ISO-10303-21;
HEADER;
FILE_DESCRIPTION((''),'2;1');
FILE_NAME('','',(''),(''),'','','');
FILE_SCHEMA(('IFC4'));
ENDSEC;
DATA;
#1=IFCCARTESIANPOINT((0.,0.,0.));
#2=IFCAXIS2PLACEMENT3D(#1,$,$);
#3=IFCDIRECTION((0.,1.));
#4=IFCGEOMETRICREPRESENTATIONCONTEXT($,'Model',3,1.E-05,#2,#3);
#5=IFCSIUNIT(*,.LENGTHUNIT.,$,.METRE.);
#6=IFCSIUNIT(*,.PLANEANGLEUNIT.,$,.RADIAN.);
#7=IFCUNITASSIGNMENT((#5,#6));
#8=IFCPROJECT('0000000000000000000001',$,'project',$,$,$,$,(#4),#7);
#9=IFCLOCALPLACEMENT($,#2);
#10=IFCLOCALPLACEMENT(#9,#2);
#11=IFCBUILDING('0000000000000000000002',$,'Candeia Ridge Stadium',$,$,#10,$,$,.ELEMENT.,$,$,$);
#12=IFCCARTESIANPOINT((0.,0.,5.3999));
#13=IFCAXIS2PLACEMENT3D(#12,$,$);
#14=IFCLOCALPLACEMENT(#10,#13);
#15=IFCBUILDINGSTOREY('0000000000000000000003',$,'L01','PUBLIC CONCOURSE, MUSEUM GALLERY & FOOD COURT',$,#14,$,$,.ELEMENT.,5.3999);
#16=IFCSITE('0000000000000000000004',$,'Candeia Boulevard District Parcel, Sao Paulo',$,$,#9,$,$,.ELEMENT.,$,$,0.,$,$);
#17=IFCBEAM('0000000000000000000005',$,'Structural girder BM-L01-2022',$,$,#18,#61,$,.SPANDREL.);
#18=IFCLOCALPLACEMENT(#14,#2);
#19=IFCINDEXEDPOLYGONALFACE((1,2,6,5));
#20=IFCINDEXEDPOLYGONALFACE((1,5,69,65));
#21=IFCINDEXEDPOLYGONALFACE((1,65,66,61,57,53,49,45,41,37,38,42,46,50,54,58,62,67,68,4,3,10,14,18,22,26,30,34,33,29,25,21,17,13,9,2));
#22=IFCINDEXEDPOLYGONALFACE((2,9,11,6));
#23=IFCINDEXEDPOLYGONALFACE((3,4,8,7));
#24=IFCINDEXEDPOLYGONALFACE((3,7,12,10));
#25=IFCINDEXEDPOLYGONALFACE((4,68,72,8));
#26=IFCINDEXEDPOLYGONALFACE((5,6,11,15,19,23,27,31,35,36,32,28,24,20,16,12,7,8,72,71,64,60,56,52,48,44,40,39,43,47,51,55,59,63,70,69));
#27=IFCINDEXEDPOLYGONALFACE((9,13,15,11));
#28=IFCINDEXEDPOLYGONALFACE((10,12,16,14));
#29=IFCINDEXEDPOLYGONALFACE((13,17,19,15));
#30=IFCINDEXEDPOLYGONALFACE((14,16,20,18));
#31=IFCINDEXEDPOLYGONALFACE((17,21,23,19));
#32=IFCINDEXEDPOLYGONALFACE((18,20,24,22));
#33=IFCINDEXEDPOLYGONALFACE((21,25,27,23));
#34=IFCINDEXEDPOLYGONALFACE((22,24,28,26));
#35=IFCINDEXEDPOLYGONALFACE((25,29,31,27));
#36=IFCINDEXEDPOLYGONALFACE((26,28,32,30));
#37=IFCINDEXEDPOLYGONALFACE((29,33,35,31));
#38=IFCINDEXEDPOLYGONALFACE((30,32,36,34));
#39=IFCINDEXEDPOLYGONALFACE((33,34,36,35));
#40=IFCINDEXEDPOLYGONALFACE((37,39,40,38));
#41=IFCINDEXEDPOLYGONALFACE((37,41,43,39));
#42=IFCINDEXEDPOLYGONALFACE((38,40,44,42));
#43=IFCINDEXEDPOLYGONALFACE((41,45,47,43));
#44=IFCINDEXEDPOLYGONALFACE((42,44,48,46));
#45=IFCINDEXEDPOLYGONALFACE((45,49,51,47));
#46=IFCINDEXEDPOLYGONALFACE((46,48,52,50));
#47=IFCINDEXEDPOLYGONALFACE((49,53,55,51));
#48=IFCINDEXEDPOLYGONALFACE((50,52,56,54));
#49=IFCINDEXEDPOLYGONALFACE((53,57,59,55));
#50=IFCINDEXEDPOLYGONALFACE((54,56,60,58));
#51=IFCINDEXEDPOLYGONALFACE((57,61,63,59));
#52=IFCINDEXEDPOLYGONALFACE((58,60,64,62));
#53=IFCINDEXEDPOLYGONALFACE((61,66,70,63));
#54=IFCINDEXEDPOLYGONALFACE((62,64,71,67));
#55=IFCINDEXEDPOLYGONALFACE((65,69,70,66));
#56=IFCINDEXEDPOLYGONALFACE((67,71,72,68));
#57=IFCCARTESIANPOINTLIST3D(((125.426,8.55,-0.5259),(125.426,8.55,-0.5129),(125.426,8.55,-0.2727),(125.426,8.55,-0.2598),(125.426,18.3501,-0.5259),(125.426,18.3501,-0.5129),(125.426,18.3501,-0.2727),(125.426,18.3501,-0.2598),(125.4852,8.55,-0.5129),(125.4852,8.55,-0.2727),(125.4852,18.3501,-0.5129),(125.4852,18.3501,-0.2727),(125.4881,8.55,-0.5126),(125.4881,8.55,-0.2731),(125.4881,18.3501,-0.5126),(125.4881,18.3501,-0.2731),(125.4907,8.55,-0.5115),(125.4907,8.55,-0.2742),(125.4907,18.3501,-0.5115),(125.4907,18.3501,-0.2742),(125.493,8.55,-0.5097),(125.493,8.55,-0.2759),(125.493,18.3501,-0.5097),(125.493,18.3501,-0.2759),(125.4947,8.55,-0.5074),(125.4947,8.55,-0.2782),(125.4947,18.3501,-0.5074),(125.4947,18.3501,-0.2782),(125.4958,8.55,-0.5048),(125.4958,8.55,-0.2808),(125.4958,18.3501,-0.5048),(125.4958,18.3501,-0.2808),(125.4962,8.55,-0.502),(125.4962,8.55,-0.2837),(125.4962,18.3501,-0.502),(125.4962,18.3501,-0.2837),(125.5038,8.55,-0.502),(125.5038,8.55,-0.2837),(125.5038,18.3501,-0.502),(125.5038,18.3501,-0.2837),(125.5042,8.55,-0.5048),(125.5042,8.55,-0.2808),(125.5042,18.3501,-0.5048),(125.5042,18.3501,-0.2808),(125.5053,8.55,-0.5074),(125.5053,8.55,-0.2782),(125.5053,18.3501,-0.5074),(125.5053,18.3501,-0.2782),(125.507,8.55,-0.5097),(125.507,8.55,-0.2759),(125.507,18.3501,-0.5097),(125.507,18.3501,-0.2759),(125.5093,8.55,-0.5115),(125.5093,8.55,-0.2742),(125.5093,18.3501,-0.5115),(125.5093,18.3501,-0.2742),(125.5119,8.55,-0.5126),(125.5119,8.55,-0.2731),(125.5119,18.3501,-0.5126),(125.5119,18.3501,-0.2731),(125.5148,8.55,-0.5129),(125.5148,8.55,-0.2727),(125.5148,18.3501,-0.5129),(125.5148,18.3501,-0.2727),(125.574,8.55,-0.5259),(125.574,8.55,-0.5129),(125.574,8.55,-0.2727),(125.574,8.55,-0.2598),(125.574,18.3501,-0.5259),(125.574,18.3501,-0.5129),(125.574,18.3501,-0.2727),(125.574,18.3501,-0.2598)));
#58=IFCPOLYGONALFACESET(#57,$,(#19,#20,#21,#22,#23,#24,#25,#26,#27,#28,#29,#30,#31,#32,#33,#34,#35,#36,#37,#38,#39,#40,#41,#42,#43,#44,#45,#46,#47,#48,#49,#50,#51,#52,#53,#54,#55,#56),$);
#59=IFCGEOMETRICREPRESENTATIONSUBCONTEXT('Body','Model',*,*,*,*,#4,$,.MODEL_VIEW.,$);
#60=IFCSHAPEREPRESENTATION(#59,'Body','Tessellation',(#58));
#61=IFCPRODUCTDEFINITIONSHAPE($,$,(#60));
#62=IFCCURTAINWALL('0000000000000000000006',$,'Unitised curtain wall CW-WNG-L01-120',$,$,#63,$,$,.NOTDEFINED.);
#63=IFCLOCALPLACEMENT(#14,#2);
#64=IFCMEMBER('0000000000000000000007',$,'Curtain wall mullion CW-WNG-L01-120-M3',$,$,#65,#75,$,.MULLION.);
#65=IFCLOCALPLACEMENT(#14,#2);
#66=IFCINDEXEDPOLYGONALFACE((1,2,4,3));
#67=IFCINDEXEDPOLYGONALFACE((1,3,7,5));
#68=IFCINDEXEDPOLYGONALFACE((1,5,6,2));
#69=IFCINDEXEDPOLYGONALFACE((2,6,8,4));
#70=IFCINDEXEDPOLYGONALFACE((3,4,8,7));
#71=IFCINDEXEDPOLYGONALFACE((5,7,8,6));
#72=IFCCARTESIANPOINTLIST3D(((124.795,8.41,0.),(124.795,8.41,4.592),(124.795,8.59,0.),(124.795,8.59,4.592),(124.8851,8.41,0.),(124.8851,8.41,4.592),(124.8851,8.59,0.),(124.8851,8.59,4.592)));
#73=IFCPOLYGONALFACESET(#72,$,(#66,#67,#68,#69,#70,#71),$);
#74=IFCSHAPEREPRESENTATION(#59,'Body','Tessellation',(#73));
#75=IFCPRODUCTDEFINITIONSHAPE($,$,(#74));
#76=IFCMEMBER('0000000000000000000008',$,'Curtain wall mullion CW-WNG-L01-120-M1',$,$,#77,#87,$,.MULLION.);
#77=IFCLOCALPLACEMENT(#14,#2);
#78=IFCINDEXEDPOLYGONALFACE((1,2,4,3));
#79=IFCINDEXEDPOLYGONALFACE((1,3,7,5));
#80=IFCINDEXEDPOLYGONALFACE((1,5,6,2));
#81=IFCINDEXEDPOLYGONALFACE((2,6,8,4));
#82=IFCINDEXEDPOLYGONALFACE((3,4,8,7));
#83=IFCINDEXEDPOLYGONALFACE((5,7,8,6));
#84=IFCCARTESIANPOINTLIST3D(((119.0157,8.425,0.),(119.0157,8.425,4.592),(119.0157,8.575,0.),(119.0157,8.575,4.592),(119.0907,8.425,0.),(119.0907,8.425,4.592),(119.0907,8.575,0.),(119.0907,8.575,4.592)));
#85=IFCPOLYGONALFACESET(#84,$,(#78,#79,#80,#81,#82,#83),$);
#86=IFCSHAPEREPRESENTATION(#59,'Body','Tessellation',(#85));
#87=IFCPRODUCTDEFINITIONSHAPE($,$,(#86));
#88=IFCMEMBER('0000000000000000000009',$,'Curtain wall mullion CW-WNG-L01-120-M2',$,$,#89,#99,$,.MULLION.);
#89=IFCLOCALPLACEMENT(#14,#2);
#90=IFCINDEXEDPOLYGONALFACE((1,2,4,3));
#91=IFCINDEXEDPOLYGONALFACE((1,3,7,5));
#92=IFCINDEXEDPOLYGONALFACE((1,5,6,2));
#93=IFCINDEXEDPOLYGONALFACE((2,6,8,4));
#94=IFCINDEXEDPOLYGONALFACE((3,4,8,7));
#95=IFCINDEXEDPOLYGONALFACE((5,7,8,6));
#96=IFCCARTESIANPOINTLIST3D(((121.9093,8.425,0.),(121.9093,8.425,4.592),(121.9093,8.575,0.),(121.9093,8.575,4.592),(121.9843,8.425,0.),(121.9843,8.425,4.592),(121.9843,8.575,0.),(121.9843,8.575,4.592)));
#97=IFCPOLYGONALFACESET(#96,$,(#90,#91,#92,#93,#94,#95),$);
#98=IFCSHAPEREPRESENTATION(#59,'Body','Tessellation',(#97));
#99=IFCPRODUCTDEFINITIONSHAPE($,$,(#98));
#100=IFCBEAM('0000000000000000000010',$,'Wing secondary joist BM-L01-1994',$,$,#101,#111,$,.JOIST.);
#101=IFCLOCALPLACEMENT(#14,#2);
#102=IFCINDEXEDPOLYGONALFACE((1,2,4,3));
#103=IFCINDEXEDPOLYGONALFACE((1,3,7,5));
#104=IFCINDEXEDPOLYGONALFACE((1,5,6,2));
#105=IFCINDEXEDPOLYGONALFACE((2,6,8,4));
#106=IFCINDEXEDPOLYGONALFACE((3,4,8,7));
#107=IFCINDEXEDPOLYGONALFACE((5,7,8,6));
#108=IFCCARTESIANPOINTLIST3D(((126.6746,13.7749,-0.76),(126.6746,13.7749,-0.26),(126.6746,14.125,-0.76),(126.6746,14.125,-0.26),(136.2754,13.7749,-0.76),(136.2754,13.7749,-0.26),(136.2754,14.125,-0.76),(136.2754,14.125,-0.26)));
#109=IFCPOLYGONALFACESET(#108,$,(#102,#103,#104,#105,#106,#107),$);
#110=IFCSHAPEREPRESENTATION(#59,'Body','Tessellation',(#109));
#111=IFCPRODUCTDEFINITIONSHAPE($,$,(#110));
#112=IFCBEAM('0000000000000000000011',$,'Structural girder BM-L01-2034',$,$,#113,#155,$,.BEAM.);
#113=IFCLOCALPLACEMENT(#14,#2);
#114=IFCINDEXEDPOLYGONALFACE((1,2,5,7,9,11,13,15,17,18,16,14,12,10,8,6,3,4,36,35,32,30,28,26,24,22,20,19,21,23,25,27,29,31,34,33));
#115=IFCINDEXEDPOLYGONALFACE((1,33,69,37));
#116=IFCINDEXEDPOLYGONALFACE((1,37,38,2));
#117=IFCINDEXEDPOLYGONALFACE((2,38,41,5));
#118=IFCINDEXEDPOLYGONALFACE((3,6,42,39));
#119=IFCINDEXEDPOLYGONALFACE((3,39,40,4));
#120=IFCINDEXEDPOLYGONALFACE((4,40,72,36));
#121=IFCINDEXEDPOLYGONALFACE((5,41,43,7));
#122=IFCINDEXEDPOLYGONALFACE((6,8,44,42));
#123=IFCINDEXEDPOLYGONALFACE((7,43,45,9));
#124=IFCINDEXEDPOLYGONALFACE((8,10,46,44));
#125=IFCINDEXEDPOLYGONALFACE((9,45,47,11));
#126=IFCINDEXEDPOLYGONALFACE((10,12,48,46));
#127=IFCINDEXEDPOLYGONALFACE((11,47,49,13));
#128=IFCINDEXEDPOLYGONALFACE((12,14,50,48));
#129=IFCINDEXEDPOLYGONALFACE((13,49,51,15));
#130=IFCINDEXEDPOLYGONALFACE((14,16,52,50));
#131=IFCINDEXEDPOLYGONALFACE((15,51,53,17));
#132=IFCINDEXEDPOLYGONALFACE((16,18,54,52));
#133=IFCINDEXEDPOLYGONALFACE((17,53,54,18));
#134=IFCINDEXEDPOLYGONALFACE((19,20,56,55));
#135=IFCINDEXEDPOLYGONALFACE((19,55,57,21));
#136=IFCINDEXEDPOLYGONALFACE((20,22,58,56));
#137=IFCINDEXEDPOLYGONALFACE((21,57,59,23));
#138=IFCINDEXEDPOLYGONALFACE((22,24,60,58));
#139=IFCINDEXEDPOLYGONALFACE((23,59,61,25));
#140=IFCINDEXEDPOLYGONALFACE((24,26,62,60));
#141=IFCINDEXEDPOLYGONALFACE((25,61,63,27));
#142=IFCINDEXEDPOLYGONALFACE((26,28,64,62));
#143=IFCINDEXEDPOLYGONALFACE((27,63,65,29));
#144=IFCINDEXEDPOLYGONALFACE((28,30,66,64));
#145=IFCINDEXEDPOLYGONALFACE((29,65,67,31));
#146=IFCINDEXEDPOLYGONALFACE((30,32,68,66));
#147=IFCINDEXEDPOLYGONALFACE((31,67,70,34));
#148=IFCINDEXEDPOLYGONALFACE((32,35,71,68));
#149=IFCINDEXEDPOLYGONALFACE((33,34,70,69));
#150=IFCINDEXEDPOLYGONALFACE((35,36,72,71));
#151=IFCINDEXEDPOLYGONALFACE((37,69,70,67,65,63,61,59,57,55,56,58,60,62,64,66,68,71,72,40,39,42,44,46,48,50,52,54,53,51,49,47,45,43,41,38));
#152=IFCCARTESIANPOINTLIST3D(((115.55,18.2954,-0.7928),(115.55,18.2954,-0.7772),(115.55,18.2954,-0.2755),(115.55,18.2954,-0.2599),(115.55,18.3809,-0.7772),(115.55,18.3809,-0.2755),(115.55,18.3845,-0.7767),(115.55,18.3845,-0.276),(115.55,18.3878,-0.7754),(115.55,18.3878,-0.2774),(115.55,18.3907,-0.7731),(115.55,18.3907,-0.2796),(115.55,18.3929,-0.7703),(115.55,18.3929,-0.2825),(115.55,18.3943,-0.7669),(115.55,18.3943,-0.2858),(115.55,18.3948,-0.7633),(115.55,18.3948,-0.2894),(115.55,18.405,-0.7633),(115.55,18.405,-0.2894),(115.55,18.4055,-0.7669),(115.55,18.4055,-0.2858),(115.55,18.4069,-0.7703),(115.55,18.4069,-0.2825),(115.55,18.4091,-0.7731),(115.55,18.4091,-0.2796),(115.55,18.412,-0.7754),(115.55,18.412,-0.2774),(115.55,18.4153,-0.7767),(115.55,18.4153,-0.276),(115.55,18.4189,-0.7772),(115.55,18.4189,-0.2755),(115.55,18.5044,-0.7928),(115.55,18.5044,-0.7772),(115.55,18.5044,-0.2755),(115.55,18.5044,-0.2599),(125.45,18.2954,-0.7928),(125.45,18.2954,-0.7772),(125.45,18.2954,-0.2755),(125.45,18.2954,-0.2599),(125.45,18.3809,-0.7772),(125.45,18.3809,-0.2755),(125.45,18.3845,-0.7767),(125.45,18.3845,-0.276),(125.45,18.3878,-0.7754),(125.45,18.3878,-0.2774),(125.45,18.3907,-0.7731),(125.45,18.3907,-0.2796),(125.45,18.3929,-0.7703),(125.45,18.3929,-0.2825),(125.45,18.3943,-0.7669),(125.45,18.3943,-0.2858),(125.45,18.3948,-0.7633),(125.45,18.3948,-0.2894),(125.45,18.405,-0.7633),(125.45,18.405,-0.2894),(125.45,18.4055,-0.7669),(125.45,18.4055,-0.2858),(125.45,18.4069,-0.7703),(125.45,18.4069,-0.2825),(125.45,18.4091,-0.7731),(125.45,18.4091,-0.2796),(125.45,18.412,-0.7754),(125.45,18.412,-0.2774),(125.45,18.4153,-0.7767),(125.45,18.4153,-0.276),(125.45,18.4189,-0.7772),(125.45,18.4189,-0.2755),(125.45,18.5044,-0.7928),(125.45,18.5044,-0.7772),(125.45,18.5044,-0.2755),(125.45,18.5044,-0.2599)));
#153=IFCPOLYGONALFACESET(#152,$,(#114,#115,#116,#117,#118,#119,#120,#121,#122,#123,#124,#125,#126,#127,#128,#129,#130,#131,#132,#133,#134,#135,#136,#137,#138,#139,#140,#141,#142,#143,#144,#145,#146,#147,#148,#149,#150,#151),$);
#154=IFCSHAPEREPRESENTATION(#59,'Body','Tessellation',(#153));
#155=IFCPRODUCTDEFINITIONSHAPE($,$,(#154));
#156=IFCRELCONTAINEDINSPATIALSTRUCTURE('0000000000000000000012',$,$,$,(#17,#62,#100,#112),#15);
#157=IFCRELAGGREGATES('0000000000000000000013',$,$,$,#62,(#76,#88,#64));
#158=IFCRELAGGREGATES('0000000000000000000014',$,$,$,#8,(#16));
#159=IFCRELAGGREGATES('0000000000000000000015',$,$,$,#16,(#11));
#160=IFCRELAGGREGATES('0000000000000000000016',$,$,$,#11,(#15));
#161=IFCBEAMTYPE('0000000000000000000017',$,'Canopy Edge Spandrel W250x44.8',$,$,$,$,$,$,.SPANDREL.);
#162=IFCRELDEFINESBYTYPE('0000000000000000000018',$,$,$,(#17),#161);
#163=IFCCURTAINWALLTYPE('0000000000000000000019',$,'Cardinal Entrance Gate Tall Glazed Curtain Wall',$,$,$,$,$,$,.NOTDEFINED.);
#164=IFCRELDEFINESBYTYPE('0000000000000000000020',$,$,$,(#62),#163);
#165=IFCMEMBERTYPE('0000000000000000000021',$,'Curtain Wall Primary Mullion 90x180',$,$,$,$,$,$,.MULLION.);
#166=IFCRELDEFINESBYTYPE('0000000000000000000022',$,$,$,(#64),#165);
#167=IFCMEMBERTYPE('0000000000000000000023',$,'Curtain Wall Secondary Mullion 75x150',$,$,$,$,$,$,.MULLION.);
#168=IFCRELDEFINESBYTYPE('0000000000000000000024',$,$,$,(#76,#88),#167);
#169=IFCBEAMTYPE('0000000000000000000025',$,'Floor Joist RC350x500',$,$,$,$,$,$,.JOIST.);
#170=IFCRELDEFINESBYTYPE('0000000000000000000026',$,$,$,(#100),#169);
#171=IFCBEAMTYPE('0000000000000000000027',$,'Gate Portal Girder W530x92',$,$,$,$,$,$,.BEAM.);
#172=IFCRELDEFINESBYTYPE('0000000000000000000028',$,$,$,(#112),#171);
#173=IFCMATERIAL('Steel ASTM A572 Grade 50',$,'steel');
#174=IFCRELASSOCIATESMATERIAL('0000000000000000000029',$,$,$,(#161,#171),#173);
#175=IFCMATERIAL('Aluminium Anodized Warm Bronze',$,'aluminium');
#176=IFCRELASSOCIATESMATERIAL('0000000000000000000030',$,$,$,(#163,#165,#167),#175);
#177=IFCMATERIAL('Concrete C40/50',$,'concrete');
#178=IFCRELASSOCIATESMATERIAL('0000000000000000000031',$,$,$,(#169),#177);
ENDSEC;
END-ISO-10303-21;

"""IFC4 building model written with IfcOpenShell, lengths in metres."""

from ifc_helpers import new_model, si_unit, direction, frame, origin, origin_2d, place, context, subcontext, project, spatial, rectangle, i_section, extrude, material, material_profile, profile_set, type_object, element, aggregate, save


model = new_model("IFC4")

# Units and contexts
model_context = context("Model", 3, precision=1e-05, world=origin(), true_north=direction((0.0, 1.0)))
body_context = subcontext(model_context, "Body", "Model", "MODEL_VIEW")
ifc_project = project(units=[si_unit("LENGTHUNIT", "METRE"), si_unit("PLANEANGLEUNIT", "RADIAN")], contexts=[model_context])

# Site, building, storey
site_placement = place(None, origin())
site = spatial("IfcSite", under=ifc_project, at=site_placement, Name="Candeia Boulevard District Parcel, Sao Paulo", CompositionType="ELEMENT", RefElevation=0.0)
building_placement = place(site_placement, origin())
building = spatial("IfcBuilding", under=site, at=building_placement, Name="Candeia Ridge Stadium", CompositionType="ELEMENT")
storey_placement = place(building_placement, frame((0.0, 0.0, 5.3999)))
storey = spatial("IfcBuildingStorey", under=building, at=storey_placement, Name="L01", Description="PUBLIC CONCOURSE, MUSEUM GALLERY & FOOD COURT", CompositionType="ELEMENT", Elevation=5.3999)

# Shared definitions
ifc_material_1 = material(Name="Steel ASTM A572 Grade 50", Category="steel")
ifc_material_2 = material(Name="Concrete C40/50", Category="concrete")

# Beam
ifc_material_profile_1 = material_profile(ifc_material_1, i_section(OverallWidth=0.1479, OverallDepth=0.2661, WebThickness=0.0076, FlangeThickness=0.0129, FilletRadius=0.011, at=origin_2d()), Name="W250x44.8", Category="steel")
ifc_profile_set_1 = profile_set([ifc_material_profile_1], Name="Steel ASTM A572 Grade 50")
beam_type_1 = type_object("IfcBeamType", Name="Canopy Edge Spandrel W250x44.8", PredefinedType="SPANDREL", material=ifc_profile_set_1)
for number, where, z_axis, x_axis, name in (
    (1, (125.5, 8.55, -0.3928), (0.0, 1.0, 0.0), (-1.0, 0.0, 0.0), "Structural girder BM-L01-2022"),
):
    element("IfcBeam", number, at=place(storey_placement, frame(where, z_axis=z_axis, x_axis=x_axis)), inside=storey, type_object=beam_type_1, Name=name, PredefinedType="SPANDREL", context=body_context, shape_type="SweptSolid", body=[
        extrude(i_section(OverallWidth=0.1479, OverallDepth=0.2661, WebThickness=0.0076, FlangeThickness=0.0129, FilletRadius=0.011, at=origin_2d()), origin(), (0.0, 0.0, 1.0), 9.8),
    ])

# Curtain wall, members
ifc_material_3 = material(Name="Aluminium Anodized Warm Bronze", Category="aluminium")
curtain_wall_type = type_object("IfcCurtainWallType", Name="Cardinal Entrance Gate Tall Glazed Curtain Wall", PredefinedType="NOTDEFINED", material=ifc_material_3)
curtain_wall_placement = place(storey_placement, origin())
curtain_wall = element("IfcCurtainWall", 2, at=curtain_wall_placement, inside=storey, type_object=curtain_wall_type, Name="Unitised curtain wall CW-WNG-L01-120", PredefinedType="NOTDEFINED")
ifc_material_profile_2 = material_profile(ifc_material_3, rectangle(XDim=0.0901, YDim=0.1799, at=origin_2d()), Name="CWM-90x180", Category="aluminium")
ifc_profile_set_2 = profile_set([ifc_material_profile_2], Name="Aluminium Anodized Warm Bronze")
member_type_1 = type_object("IfcMemberType", Name="Curtain Wall Primary Mullion 90x180", PredefinedType="MULLION", material=ifc_profile_set_2)
member_1_placement = place(storey_placement, frame((124.8401, 8.5, 0.0), z_axis=(0.0, 0.0, 1.0), x_axis=(1.0, 0.0, 0.0)))
member_1 = element("IfcMember", 3, at=member_1_placement, type_object=member_type_1, Name="Curtain wall mullion CW-WNG-L01-120-M3", PredefinedType="MULLION", context=body_context, shape_type="SweptSolid", body=[
    extrude(rectangle(XDim=0.0901, YDim=0.1799, at=origin_2d()), origin(), (0.0, 0.0, 1.0), 4.592),
])
ifc_material_profile_3 = material_profile(ifc_material_3, rectangle(XDim=0.075, YDim=0.1499, at=origin_2d()), Name="CWM-75x150", Category="aluminium")
ifc_profile_set_3 = profile_set([ifc_material_profile_3], Name="Aluminium Anodized Warm Bronze")
member_type_2 = type_object("IfcMemberType", Name="Curtain Wall Secondary Mullion 75x150", PredefinedType="MULLION", material=ifc_profile_set_3)
member_2_placement = place(storey_placement, frame((119.0532, 8.5, 0.0), z_axis=(0.0, 0.0, 1.0), x_axis=(1.0, 0.0, 0.0)))
member_2 = element("IfcMember", 4, at=member_2_placement, type_object=member_type_2, Name="Curtain wall mullion CW-WNG-L01-120-M1", PredefinedType="MULLION", context=body_context, shape_type="SweptSolid", body=[
    extrude(rectangle(XDim=0.075, YDim=0.1499, at=origin_2d()), origin(), (0.0, 0.0, 1.0), 4.592),
])
member_3_placement = place(storey_placement, frame((121.9468, 8.5, 0.0), z_axis=(0.0, 0.0, 1.0), x_axis=(1.0, 0.0, 0.0)))
member_3 = element("IfcMember", 5, at=member_3_placement, type_object=member_type_2, Name="Curtain wall mullion CW-WNG-L01-120-M2", PredefinedType="MULLION", context=body_context, shape_type="SweptSolid", body=[
    extrude(rectangle(XDim=0.075, YDim=0.1499, at=origin_2d()), origin(), (0.0, 0.0, 1.0), 4.592),
])

# Beams
ifc_material_profile_4 = material_profile(ifc_material_2, rectangle(XDim=0.3501, YDim=0.5, at=origin_2d()), Name="RC350x500", Category="concrete")
ifc_profile_set_4 = profile_set([ifc_material_profile_4], Name="Concrete C40/50")
beam_type_2 = type_object("IfcBeamType", Name="Floor Joist RC350x500", PredefinedType="JOIST", material=ifc_profile_set_4)
beam_1_placement = place(storey_placement, frame((126.6746, 13.95, -0.51), z_axis=(1.0, 0.0, 0.0), x_axis=(0.0, 1.0, 0.0)))
element("IfcBeam", 6, at=beam_1_placement, inside=storey, type_object=beam_type_2, Name="Wing secondary joist BM-L01-1994", PredefinedType="JOIST", context=body_context, shape_type="SweptSolid", body=[
    extrude(rectangle(XDim=0.3501, YDim=0.5, at=origin_2d()), origin(), (0.0, 0.0, 1.0), 9.6008),
])
ifc_material_profile_5 = material_profile(ifc_material_1, i_section(OverallWidth=0.209, OverallDepth=0.533, WebThickness=0.0103, FlangeThickness=0.0156, FilletRadius=0.0139, at=origin_2d()), Name="W530x92", Category="steel")
ifc_profile_set_5 = profile_set([ifc_material_profile_5], Name="Steel ASTM A572 Grade 50")
beam_type_3 = type_object("IfcBeamType", Name="Gate Portal Girder W530x92", PredefinedType="BEAM", material=ifc_profile_set_5)
beam_2_placement = place(storey_placement, frame((115.55, 18.3999, -0.5264), z_axis=(1.0, 0.0, 0.0), x_axis=(0.0, 1.0, 0.0)))
element("IfcBeam", 7, at=beam_2_placement, inside=storey, type_object=beam_type_3, Name="Structural girder BM-L01-2034", PredefinedType="BEAM", context=body_context, shape_type="SweptSolid", body=[
    extrude(i_section(OverallWidth=0.209, OverallDepth=0.533, WebThickness=0.0103, FlangeThickness=0.0156, FilletRadius=0.0139, at=origin_2d()), origin(), (0.0, 0.0, 1.0), 9.8999),
])

aggregate(curtain_wall, [member_2, member_3, member_1])

save(model, "model.ifc")
